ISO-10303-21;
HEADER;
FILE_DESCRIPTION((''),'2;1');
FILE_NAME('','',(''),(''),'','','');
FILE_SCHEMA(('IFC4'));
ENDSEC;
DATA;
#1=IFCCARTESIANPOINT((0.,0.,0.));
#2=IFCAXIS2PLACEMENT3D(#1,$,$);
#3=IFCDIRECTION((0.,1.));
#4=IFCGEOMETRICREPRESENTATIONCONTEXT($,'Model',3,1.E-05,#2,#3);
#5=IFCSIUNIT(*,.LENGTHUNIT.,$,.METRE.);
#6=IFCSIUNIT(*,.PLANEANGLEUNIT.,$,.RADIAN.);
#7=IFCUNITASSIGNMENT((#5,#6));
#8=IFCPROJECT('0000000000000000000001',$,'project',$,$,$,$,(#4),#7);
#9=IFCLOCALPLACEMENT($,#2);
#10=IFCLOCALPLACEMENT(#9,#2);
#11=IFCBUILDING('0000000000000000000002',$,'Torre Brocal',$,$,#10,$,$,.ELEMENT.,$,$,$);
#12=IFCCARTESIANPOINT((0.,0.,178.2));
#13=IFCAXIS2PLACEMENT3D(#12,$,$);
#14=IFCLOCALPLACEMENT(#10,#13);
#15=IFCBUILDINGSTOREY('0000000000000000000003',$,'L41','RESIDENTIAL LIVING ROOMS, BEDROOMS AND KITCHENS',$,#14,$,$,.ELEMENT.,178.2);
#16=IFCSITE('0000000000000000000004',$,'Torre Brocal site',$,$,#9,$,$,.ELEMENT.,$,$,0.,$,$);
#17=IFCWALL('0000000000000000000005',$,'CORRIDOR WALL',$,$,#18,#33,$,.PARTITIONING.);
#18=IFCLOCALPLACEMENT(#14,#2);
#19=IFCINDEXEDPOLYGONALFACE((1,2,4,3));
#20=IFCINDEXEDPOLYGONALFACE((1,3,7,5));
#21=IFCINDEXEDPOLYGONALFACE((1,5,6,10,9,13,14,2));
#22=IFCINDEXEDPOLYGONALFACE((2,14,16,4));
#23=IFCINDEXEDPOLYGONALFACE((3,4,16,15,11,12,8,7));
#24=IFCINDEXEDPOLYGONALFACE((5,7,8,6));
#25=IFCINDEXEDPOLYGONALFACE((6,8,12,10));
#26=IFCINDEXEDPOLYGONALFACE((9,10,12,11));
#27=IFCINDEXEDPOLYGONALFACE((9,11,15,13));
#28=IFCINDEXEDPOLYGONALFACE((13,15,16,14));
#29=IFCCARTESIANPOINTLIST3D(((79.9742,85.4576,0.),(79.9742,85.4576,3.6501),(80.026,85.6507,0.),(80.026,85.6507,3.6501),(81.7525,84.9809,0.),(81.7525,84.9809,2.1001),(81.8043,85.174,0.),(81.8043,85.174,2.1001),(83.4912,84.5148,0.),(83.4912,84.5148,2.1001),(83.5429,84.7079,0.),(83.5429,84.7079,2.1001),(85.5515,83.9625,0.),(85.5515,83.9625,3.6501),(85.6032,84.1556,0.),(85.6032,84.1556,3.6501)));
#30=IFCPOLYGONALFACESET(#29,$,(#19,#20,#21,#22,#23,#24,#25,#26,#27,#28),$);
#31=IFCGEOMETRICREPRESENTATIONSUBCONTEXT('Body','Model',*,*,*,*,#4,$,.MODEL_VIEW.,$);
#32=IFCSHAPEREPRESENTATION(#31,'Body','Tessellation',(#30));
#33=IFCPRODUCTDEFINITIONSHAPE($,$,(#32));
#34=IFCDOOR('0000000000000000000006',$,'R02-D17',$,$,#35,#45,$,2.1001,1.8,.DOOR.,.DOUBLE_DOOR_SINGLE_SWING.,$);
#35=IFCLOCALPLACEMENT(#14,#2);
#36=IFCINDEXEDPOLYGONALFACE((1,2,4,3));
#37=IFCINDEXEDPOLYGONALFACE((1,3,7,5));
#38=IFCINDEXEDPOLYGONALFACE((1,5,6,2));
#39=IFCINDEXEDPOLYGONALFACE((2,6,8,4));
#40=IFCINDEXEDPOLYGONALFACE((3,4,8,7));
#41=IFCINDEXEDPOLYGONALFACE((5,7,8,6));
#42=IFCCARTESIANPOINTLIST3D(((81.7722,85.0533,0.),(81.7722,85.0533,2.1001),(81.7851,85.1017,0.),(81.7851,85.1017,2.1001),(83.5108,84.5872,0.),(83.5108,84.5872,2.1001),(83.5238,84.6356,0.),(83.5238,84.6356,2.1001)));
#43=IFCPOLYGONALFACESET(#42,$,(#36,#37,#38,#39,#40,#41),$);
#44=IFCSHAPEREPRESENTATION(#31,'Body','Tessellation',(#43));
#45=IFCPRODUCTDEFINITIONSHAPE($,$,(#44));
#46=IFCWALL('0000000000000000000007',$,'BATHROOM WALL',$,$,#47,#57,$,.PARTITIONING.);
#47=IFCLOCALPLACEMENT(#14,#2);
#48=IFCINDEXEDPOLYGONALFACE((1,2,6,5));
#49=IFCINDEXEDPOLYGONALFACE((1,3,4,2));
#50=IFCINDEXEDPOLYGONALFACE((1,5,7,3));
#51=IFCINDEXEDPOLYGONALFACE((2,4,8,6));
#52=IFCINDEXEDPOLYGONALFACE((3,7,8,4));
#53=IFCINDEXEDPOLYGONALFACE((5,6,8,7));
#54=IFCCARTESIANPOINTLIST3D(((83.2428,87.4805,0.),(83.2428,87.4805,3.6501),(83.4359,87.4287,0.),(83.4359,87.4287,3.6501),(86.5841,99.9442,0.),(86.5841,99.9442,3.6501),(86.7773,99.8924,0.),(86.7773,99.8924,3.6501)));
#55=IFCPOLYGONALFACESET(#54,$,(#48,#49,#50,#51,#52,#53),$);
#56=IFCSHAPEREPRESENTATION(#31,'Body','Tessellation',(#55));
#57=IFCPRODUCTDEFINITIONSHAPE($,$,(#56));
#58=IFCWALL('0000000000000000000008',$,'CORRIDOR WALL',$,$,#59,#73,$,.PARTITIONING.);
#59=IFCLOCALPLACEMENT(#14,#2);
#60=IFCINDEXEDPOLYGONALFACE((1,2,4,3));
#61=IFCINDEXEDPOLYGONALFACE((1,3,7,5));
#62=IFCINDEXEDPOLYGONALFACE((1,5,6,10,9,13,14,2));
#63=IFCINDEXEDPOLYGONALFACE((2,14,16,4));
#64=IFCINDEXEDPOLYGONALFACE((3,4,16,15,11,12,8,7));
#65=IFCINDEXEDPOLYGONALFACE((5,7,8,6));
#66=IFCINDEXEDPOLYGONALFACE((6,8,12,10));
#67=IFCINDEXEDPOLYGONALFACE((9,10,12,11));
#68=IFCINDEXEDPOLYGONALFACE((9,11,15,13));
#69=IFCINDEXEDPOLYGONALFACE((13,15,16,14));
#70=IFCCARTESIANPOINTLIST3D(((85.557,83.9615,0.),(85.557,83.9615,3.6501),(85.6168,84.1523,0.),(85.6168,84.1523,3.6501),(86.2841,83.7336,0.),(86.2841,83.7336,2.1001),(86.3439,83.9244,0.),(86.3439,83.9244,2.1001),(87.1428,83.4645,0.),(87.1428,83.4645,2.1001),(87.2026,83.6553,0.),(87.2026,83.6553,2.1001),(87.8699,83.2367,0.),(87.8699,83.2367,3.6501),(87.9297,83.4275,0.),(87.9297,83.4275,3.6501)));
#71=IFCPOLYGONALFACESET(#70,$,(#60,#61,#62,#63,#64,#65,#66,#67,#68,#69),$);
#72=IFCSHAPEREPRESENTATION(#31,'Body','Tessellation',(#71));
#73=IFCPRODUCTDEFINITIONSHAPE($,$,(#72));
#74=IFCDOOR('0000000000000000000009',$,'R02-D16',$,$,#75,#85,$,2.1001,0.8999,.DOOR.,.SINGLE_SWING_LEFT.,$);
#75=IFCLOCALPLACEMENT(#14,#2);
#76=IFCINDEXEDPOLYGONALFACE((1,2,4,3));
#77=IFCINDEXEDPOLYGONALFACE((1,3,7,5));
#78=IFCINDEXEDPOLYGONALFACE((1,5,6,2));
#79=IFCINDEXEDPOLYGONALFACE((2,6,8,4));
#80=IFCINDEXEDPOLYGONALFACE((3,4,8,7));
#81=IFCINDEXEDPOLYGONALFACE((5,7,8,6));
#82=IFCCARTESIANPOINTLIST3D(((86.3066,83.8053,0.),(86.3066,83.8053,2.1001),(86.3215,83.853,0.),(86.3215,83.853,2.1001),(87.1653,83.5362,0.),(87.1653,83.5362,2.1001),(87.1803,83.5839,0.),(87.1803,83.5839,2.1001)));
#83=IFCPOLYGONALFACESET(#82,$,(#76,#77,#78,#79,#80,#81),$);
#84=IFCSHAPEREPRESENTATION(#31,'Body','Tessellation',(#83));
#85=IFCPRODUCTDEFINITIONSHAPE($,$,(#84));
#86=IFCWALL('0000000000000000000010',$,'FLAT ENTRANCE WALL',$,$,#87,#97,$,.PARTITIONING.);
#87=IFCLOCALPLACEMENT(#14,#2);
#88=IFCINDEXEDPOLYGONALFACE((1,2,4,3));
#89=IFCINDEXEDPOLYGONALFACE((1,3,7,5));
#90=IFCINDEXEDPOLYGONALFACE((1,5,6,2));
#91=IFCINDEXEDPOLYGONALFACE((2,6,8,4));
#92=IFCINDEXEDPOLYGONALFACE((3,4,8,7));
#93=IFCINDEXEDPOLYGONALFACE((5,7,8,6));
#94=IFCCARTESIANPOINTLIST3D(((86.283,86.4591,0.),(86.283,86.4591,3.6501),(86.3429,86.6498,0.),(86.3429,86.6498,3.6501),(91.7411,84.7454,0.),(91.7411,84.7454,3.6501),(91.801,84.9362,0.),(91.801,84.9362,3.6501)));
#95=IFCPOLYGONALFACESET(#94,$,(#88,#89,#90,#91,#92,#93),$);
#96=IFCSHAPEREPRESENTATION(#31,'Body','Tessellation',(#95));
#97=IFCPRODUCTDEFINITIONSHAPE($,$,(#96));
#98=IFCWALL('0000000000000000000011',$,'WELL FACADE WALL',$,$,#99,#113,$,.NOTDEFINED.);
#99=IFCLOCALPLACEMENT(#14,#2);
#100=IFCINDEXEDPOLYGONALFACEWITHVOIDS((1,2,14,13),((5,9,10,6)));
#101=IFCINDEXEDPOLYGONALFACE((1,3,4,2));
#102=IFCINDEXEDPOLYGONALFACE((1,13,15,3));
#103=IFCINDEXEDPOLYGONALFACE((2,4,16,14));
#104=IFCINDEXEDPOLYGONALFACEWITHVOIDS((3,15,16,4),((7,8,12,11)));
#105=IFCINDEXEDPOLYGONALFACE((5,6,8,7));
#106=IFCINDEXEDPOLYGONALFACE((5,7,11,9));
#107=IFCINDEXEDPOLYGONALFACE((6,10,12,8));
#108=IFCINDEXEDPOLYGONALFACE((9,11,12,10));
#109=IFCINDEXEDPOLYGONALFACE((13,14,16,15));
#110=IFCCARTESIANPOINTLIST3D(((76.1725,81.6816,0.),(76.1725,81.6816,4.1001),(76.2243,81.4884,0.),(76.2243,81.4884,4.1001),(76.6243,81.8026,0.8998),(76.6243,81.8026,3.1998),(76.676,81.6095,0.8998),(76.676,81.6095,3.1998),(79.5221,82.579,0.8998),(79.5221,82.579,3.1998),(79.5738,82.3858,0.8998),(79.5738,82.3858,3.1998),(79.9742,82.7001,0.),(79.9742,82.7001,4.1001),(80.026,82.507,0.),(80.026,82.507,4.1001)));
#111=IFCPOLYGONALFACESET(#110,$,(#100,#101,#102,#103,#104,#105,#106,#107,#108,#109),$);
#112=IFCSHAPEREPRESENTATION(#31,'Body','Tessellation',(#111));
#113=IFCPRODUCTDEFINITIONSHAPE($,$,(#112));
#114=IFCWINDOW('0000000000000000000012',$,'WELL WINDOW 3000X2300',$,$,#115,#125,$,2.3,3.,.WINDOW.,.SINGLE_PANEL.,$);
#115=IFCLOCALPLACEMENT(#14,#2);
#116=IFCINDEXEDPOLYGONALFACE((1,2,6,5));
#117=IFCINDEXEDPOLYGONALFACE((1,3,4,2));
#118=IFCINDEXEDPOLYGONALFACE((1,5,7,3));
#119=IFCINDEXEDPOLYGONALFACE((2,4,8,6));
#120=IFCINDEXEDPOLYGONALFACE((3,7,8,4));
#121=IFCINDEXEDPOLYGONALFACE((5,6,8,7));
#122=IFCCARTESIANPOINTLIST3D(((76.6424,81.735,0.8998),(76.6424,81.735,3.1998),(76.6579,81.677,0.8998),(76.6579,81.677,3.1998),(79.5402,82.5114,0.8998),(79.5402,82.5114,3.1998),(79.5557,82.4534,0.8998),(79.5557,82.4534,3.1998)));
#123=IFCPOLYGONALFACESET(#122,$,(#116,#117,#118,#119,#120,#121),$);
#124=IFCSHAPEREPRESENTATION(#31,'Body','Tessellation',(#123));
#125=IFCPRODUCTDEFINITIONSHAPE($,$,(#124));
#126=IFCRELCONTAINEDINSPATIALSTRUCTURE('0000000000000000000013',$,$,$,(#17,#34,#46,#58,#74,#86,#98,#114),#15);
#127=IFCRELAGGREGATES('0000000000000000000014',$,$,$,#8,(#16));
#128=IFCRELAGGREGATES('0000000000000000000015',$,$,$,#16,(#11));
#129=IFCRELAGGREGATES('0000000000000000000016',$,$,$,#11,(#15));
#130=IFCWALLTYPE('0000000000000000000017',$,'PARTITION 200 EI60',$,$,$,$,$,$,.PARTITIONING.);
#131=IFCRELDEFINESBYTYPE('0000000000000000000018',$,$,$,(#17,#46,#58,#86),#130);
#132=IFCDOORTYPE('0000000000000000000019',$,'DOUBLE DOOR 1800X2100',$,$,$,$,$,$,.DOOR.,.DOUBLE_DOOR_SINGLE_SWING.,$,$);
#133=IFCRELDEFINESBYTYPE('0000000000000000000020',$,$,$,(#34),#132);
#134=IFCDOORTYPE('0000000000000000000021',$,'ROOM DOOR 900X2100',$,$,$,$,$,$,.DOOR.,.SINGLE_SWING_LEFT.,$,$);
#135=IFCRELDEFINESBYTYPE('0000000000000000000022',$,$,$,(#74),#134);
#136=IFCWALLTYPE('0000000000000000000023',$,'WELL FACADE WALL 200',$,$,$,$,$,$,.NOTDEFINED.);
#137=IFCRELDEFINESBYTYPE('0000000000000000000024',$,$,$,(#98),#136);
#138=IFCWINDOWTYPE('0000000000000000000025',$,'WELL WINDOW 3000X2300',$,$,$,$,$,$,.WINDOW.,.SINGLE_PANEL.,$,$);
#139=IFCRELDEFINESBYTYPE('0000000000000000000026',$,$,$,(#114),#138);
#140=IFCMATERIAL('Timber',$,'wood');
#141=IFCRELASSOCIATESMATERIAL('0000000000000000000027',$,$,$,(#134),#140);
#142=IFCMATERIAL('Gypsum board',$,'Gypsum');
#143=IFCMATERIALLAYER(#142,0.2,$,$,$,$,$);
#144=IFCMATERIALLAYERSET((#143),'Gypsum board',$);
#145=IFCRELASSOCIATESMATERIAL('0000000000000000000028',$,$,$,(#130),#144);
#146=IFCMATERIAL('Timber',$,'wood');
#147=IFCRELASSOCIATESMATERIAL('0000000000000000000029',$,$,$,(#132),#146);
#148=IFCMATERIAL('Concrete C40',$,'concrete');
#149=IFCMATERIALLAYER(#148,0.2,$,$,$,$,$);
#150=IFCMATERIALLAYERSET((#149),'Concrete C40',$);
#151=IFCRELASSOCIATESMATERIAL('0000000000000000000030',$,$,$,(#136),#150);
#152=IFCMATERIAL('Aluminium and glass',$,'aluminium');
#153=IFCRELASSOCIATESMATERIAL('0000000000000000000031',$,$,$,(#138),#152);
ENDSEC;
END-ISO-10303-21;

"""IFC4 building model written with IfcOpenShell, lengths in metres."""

from ifc_helpers import new_model, si_unit, direction, frame, frame_2d, origin, place, context, subcontext, project, spatial, rectangle, extrude, material, layer, layer_set, type_object, element, fill, save


model = new_model("IFC4")

# Units and contexts
model_context = context("Model", 3, precision=1e-05, world=origin(), true_north=direction((0.0, 1.0)))
body_context = subcontext(model_context, "Body", "Model", "MODEL_VIEW")
ifc_project = project(units=[si_unit("LENGTHUNIT", "METRE"), si_unit("PLANEANGLEUNIT", "RADIAN")], contexts=[model_context])

# Site, building, storey
site_placement = place(None, origin())
site = spatial("IfcSite", under=ifc_project, at=site_placement, Name="Torre Brocal site", CompositionType="ELEMENT", RefElevation=0.0)
building_placement = place(site_placement, origin())
building = spatial("IfcBuilding", under=site, at=building_placement, Name="Torre Brocal", CompositionType="ELEMENT")
storey_placement = place(building_placement, frame((0.0, 0.0, 178.2)))
storey = spatial("IfcBuildingStorey", under=building, at=storey_placement, Name="L41", Description="RESIDENTIAL LIVING ROOMS, BEDROOMS AND KITCHENS", CompositionType="ELEMENT", Elevation=178.2)

# Shared definitions
ifc_material_1 = material(Name="Timber", Category="wood")
door_type_1 = type_object("IfcDoorType", Name="ROOM DOOR 900X2100", OperationType="SINGLE_SWING_LEFT", PredefinedType="DOOR", material=ifc_material_1)

# Wall, opening, door
ifc_material_2 = material(Name="Gypsum board", Category="Gypsum")
ifc_layer_1 = layer(ifc_material_2, 0.2)
ifc_layer_set_1 = layer_set([ifc_layer_1], Name="Gypsum board")
wall_type_1 = type_object("IfcWallType", Name="PARTITION 200 EI60", PredefinedType="PARTITIONING", material=ifc_layer_set_1)
wall_1_placement = place(storey_placement, frame((80.0, 85.5542, 0.0), z_axis=(0.0, 0.0, 1.0), x_axis=(0.965894, -0.258936, 0.0)))
wall_1 = element("IfcWall", 1, at=wall_1_placement, inside=storey, type_object=wall_type_1, Name="CORRIDOR WALL", PredefinedType="PARTITIONING", context=body_context, shape_type="SweptSolid", body=[
    extrude(rectangle(XDim=5.7742, YDim=0.2, at=frame_2d((2.8872, 0.0))), origin(), (0.0, 0.0, 1.0), 3.6501),
])
opening_1_placement = place(wall_1_placement, frame((1.8413, 0.0, 0.0)))
opening_1 = element("IfcOpeningElement", 2, at=opening_1_placement, cuts=wall_1, PredefinedType="OPENING", context=body_context, shape_type="SweptSolid", body=[
    extrude(rectangle(XDim=1.8, YDim=2.1001, at=frame_2d((0.8999, 1.05))), frame((0.0, 0.1099, 0.0), z_axis=(0.0, -1.0, 0.0), x_axis=(1.0, 0.0, 0.0)), (0.0, 0.0, 1.0), 0.22),
])
ifc_material_3 = material(Name="Timber", Category="wood")
door_type_2 = type_object("IfcDoorType", Name="DOUBLE DOOR 1800X2100", OperationType="DOUBLE_DOOR_SINGLE_SWING", PredefinedType="DOOR", material=ifc_material_3)
door_1_placement = place(opening_1_placement, frame((1.8, 0.0, 0.0), z_axis=(0.0, 0.0, 1.0), x_axis=(-1.0, 0.0, 0.0)))
door_1 = element("IfcDoor", 3, at=door_1_placement, inside=storey, type_object=door_type_2, Name="R02-D17", OperationType="DOUBLE_DOOR_SINGLE_SWING", OverallHeight=2.1001, OverallWidth=1.8, PredefinedType="DOOR", context=body_context, shape_type="SweptSolid", body=[
    extrude(rectangle(XDim=1.8, YDim=2.1001, at=frame_2d((0.8999, 1.05))), frame((0.0, 0.0249, 0.0), z_axis=(0.0, -1.0, 0.0), x_axis=(1.0, 0.0, 0.0)), (0.0, 0.0, 1.0), 0.05),
])
fill(opening_1, door_1)

# Wall
wall_2_placement = place(storey_placement, frame((83.3394, 87.4546, 0.0), z_axis=(0.0, 0.0, 1.0), x_axis=(0.258941, 0.965893, 0.0)))
element("IfcWall", 4, at=wall_2_placement, inside=storey, type_object=wall_type_1, Name="BATHROOM WALL", PredefinedType="PARTITIONING", context=body_context, shape_type="SweptSolid", body=[
    extrude(rectangle(XDim=12.9038, YDim=0.2, at=frame_2d((6.4519, 0.0))), origin(), (0.0, 0.0, 1.0), 3.6501),
])

# Wall, opening, door
wall_3_placement = place(storey_placement, frame((85.5869, 84.0569, 0.0), z_axis=(0.0, 0.0, 1.0), x_axis=(0.95424, -0.299043, 0.0)))
wall_3 = element("IfcWall", 5, at=wall_3_placement, inside=storey, type_object=wall_type_1, Name="CORRIDOR WALL", PredefinedType="PARTITIONING", context=body_context, shape_type="SweptSolid", body=[
    extrude(rectangle(XDim=2.4238, YDim=0.2, at=frame_2d((1.2119, 0.0))), origin(), (0.0, 0.0, 1.0), 3.6501),
])
opening_2_placement = place(wall_3_placement, frame((0.762, 0.0, 0.0)))
opening_2 = element("IfcOpeningElement", 6, at=opening_2_placement, cuts=wall_3, PredefinedType="OPENING", context=body_context, shape_type="SweptSolid", body=[
    extrude(rectangle(XDim=0.8999, YDim=2.1001, at=frame_2d((0.45, 1.05))), frame((0.0, 0.1099, 0.0), z_axis=(0.0, -1.0, 0.0), x_axis=(1.0, 0.0, 0.0)), (0.0, 0.0, 1.0), 0.22),
])
door_2_placement = place(opening_2_placement, frame((0.8999, 0.0, 0.0), z_axis=(0.0, 0.0, 1.0), x_axis=(-1.0, 0.0, 0.0)))
door_2 = element("IfcDoor", 7, at=door_2_placement, inside=storey, type_object=door_type_1, Name="R02-D16", OperationType="SINGLE_SWING_LEFT", OverallHeight=2.1001, OverallWidth=0.8999, PredefinedType="DOOR", context=body_context, shape_type="SweptSolid", body=[
    extrude(rectangle(XDim=0.8999, YDim=2.1001, at=frame_2d((0.45, 1.05))), frame((0.0, 0.0249, 0.0), z_axis=(0.0, -1.0, 0.0), x_axis=(1.0, 0.0, 0.0)), (0.0, 0.0, 1.0), 0.05),
])
fill(opening_2, door_2)

# Wall
wall_4_placement = place(storey_placement, frame((86.313, 86.5544, 0.0), z_axis=(0.0, 0.0, 1.0), x_axis=(0.954081, -0.299548, 0.0)))
element("IfcWall", 8, at=wall_4_placement, inside=storey, type_object=wall_type_1, Name="FLAT ENTRANCE WALL", PredefinedType="PARTITIONING", context=body_context, shape_type="SweptSolid", body=[
    extrude(rectangle(XDim=5.7207, YDim=0.2, at=frame_2d((2.8604, 0.0))), origin(), (0.0, 0.0, 1.0), 3.6501),
])

# Wall, opening, window
ifc_material_4 = material(Name="Concrete C40", Category="concrete")
ifc_layer_2 = layer(ifc_material_4, 0.2)
ifc_layer_set_2 = layer_set([ifc_layer_2], Name="Concrete C40")
wall_type_2 = type_object("IfcWallType", Name="WELL FACADE WALL 200", PredefinedType="NOTDEFINED", material=ifc_layer_set_2)
wall_5_placement = place(storey_placement, frame((80.0, 82.6035, 0.0), z_axis=(0.0, 0.0, 1.0), x_axis=(-0.965934, -0.25879, 0.0)))
wall_5 = element("IfcWall", 9, at=wall_5_placement, inside=storey, type_object=wall_type_2, Name="WELL FACADE WALL", PredefinedType="NOTDEFINED", context=body_context, shape_type="SweptSolid", body=[
    extrude(rectangle(XDim=3.9358, YDim=0.2, at=frame_2d((1.9678, 0.0))), origin(), (0.0, 0.0, 1.0), 4.1001),
])
opening_3_placement = place(wall_5_placement, frame((0.468, 0.0, 0.8999)))
opening_3 = element("IfcOpeningElement", 10, at=opening_3_placement, cuts=wall_5, PredefinedType="OPENING", context=body_context, shape_type="SweptSolid", body=[
    extrude(rectangle(XDim=3.0, YDim=2.3, at=frame_2d((1.5, 1.1499))), frame((0.0, 0.1099, 0.0), z_axis=(0.0, -1.0, 0.0), x_axis=(1.0, 0.0, 0.0)), (0.0, 0.0, 1.0), 0.22),
])
ifc_material_5 = material(Name="Aluminium and glass", Category="aluminium")
window_type = type_object("IfcWindowType", Name="WELL WINDOW 3000X2300", PartitioningType="SINGLE_PANEL", PredefinedType="WINDOW", material=ifc_material_5)
window_placement = place(opening_3_placement, origin())
window = element("IfcWindow", 11, at=window_placement, inside=storey, type_object=window_type, Name="WELL WINDOW 3000X2300", OverallHeight=2.3, OverallWidth=3.0, PartitioningType="SINGLE_PANEL", PredefinedType="WINDOW", context=body_context, shape_type="SweptSolid", body=[
    extrude(rectangle(XDim=3.0, YDim=2.3, at=frame_2d((1.5, 1.1499))), frame((0.0, 0.03, 0.0), z_axis=(0.0, -1.0, 0.0), x_axis=(1.0, 0.0, 0.0)), (0.0, 0.0, 1.0), 0.0601),
])
fill(opening_3, window)

save(model, "model.ifc")
